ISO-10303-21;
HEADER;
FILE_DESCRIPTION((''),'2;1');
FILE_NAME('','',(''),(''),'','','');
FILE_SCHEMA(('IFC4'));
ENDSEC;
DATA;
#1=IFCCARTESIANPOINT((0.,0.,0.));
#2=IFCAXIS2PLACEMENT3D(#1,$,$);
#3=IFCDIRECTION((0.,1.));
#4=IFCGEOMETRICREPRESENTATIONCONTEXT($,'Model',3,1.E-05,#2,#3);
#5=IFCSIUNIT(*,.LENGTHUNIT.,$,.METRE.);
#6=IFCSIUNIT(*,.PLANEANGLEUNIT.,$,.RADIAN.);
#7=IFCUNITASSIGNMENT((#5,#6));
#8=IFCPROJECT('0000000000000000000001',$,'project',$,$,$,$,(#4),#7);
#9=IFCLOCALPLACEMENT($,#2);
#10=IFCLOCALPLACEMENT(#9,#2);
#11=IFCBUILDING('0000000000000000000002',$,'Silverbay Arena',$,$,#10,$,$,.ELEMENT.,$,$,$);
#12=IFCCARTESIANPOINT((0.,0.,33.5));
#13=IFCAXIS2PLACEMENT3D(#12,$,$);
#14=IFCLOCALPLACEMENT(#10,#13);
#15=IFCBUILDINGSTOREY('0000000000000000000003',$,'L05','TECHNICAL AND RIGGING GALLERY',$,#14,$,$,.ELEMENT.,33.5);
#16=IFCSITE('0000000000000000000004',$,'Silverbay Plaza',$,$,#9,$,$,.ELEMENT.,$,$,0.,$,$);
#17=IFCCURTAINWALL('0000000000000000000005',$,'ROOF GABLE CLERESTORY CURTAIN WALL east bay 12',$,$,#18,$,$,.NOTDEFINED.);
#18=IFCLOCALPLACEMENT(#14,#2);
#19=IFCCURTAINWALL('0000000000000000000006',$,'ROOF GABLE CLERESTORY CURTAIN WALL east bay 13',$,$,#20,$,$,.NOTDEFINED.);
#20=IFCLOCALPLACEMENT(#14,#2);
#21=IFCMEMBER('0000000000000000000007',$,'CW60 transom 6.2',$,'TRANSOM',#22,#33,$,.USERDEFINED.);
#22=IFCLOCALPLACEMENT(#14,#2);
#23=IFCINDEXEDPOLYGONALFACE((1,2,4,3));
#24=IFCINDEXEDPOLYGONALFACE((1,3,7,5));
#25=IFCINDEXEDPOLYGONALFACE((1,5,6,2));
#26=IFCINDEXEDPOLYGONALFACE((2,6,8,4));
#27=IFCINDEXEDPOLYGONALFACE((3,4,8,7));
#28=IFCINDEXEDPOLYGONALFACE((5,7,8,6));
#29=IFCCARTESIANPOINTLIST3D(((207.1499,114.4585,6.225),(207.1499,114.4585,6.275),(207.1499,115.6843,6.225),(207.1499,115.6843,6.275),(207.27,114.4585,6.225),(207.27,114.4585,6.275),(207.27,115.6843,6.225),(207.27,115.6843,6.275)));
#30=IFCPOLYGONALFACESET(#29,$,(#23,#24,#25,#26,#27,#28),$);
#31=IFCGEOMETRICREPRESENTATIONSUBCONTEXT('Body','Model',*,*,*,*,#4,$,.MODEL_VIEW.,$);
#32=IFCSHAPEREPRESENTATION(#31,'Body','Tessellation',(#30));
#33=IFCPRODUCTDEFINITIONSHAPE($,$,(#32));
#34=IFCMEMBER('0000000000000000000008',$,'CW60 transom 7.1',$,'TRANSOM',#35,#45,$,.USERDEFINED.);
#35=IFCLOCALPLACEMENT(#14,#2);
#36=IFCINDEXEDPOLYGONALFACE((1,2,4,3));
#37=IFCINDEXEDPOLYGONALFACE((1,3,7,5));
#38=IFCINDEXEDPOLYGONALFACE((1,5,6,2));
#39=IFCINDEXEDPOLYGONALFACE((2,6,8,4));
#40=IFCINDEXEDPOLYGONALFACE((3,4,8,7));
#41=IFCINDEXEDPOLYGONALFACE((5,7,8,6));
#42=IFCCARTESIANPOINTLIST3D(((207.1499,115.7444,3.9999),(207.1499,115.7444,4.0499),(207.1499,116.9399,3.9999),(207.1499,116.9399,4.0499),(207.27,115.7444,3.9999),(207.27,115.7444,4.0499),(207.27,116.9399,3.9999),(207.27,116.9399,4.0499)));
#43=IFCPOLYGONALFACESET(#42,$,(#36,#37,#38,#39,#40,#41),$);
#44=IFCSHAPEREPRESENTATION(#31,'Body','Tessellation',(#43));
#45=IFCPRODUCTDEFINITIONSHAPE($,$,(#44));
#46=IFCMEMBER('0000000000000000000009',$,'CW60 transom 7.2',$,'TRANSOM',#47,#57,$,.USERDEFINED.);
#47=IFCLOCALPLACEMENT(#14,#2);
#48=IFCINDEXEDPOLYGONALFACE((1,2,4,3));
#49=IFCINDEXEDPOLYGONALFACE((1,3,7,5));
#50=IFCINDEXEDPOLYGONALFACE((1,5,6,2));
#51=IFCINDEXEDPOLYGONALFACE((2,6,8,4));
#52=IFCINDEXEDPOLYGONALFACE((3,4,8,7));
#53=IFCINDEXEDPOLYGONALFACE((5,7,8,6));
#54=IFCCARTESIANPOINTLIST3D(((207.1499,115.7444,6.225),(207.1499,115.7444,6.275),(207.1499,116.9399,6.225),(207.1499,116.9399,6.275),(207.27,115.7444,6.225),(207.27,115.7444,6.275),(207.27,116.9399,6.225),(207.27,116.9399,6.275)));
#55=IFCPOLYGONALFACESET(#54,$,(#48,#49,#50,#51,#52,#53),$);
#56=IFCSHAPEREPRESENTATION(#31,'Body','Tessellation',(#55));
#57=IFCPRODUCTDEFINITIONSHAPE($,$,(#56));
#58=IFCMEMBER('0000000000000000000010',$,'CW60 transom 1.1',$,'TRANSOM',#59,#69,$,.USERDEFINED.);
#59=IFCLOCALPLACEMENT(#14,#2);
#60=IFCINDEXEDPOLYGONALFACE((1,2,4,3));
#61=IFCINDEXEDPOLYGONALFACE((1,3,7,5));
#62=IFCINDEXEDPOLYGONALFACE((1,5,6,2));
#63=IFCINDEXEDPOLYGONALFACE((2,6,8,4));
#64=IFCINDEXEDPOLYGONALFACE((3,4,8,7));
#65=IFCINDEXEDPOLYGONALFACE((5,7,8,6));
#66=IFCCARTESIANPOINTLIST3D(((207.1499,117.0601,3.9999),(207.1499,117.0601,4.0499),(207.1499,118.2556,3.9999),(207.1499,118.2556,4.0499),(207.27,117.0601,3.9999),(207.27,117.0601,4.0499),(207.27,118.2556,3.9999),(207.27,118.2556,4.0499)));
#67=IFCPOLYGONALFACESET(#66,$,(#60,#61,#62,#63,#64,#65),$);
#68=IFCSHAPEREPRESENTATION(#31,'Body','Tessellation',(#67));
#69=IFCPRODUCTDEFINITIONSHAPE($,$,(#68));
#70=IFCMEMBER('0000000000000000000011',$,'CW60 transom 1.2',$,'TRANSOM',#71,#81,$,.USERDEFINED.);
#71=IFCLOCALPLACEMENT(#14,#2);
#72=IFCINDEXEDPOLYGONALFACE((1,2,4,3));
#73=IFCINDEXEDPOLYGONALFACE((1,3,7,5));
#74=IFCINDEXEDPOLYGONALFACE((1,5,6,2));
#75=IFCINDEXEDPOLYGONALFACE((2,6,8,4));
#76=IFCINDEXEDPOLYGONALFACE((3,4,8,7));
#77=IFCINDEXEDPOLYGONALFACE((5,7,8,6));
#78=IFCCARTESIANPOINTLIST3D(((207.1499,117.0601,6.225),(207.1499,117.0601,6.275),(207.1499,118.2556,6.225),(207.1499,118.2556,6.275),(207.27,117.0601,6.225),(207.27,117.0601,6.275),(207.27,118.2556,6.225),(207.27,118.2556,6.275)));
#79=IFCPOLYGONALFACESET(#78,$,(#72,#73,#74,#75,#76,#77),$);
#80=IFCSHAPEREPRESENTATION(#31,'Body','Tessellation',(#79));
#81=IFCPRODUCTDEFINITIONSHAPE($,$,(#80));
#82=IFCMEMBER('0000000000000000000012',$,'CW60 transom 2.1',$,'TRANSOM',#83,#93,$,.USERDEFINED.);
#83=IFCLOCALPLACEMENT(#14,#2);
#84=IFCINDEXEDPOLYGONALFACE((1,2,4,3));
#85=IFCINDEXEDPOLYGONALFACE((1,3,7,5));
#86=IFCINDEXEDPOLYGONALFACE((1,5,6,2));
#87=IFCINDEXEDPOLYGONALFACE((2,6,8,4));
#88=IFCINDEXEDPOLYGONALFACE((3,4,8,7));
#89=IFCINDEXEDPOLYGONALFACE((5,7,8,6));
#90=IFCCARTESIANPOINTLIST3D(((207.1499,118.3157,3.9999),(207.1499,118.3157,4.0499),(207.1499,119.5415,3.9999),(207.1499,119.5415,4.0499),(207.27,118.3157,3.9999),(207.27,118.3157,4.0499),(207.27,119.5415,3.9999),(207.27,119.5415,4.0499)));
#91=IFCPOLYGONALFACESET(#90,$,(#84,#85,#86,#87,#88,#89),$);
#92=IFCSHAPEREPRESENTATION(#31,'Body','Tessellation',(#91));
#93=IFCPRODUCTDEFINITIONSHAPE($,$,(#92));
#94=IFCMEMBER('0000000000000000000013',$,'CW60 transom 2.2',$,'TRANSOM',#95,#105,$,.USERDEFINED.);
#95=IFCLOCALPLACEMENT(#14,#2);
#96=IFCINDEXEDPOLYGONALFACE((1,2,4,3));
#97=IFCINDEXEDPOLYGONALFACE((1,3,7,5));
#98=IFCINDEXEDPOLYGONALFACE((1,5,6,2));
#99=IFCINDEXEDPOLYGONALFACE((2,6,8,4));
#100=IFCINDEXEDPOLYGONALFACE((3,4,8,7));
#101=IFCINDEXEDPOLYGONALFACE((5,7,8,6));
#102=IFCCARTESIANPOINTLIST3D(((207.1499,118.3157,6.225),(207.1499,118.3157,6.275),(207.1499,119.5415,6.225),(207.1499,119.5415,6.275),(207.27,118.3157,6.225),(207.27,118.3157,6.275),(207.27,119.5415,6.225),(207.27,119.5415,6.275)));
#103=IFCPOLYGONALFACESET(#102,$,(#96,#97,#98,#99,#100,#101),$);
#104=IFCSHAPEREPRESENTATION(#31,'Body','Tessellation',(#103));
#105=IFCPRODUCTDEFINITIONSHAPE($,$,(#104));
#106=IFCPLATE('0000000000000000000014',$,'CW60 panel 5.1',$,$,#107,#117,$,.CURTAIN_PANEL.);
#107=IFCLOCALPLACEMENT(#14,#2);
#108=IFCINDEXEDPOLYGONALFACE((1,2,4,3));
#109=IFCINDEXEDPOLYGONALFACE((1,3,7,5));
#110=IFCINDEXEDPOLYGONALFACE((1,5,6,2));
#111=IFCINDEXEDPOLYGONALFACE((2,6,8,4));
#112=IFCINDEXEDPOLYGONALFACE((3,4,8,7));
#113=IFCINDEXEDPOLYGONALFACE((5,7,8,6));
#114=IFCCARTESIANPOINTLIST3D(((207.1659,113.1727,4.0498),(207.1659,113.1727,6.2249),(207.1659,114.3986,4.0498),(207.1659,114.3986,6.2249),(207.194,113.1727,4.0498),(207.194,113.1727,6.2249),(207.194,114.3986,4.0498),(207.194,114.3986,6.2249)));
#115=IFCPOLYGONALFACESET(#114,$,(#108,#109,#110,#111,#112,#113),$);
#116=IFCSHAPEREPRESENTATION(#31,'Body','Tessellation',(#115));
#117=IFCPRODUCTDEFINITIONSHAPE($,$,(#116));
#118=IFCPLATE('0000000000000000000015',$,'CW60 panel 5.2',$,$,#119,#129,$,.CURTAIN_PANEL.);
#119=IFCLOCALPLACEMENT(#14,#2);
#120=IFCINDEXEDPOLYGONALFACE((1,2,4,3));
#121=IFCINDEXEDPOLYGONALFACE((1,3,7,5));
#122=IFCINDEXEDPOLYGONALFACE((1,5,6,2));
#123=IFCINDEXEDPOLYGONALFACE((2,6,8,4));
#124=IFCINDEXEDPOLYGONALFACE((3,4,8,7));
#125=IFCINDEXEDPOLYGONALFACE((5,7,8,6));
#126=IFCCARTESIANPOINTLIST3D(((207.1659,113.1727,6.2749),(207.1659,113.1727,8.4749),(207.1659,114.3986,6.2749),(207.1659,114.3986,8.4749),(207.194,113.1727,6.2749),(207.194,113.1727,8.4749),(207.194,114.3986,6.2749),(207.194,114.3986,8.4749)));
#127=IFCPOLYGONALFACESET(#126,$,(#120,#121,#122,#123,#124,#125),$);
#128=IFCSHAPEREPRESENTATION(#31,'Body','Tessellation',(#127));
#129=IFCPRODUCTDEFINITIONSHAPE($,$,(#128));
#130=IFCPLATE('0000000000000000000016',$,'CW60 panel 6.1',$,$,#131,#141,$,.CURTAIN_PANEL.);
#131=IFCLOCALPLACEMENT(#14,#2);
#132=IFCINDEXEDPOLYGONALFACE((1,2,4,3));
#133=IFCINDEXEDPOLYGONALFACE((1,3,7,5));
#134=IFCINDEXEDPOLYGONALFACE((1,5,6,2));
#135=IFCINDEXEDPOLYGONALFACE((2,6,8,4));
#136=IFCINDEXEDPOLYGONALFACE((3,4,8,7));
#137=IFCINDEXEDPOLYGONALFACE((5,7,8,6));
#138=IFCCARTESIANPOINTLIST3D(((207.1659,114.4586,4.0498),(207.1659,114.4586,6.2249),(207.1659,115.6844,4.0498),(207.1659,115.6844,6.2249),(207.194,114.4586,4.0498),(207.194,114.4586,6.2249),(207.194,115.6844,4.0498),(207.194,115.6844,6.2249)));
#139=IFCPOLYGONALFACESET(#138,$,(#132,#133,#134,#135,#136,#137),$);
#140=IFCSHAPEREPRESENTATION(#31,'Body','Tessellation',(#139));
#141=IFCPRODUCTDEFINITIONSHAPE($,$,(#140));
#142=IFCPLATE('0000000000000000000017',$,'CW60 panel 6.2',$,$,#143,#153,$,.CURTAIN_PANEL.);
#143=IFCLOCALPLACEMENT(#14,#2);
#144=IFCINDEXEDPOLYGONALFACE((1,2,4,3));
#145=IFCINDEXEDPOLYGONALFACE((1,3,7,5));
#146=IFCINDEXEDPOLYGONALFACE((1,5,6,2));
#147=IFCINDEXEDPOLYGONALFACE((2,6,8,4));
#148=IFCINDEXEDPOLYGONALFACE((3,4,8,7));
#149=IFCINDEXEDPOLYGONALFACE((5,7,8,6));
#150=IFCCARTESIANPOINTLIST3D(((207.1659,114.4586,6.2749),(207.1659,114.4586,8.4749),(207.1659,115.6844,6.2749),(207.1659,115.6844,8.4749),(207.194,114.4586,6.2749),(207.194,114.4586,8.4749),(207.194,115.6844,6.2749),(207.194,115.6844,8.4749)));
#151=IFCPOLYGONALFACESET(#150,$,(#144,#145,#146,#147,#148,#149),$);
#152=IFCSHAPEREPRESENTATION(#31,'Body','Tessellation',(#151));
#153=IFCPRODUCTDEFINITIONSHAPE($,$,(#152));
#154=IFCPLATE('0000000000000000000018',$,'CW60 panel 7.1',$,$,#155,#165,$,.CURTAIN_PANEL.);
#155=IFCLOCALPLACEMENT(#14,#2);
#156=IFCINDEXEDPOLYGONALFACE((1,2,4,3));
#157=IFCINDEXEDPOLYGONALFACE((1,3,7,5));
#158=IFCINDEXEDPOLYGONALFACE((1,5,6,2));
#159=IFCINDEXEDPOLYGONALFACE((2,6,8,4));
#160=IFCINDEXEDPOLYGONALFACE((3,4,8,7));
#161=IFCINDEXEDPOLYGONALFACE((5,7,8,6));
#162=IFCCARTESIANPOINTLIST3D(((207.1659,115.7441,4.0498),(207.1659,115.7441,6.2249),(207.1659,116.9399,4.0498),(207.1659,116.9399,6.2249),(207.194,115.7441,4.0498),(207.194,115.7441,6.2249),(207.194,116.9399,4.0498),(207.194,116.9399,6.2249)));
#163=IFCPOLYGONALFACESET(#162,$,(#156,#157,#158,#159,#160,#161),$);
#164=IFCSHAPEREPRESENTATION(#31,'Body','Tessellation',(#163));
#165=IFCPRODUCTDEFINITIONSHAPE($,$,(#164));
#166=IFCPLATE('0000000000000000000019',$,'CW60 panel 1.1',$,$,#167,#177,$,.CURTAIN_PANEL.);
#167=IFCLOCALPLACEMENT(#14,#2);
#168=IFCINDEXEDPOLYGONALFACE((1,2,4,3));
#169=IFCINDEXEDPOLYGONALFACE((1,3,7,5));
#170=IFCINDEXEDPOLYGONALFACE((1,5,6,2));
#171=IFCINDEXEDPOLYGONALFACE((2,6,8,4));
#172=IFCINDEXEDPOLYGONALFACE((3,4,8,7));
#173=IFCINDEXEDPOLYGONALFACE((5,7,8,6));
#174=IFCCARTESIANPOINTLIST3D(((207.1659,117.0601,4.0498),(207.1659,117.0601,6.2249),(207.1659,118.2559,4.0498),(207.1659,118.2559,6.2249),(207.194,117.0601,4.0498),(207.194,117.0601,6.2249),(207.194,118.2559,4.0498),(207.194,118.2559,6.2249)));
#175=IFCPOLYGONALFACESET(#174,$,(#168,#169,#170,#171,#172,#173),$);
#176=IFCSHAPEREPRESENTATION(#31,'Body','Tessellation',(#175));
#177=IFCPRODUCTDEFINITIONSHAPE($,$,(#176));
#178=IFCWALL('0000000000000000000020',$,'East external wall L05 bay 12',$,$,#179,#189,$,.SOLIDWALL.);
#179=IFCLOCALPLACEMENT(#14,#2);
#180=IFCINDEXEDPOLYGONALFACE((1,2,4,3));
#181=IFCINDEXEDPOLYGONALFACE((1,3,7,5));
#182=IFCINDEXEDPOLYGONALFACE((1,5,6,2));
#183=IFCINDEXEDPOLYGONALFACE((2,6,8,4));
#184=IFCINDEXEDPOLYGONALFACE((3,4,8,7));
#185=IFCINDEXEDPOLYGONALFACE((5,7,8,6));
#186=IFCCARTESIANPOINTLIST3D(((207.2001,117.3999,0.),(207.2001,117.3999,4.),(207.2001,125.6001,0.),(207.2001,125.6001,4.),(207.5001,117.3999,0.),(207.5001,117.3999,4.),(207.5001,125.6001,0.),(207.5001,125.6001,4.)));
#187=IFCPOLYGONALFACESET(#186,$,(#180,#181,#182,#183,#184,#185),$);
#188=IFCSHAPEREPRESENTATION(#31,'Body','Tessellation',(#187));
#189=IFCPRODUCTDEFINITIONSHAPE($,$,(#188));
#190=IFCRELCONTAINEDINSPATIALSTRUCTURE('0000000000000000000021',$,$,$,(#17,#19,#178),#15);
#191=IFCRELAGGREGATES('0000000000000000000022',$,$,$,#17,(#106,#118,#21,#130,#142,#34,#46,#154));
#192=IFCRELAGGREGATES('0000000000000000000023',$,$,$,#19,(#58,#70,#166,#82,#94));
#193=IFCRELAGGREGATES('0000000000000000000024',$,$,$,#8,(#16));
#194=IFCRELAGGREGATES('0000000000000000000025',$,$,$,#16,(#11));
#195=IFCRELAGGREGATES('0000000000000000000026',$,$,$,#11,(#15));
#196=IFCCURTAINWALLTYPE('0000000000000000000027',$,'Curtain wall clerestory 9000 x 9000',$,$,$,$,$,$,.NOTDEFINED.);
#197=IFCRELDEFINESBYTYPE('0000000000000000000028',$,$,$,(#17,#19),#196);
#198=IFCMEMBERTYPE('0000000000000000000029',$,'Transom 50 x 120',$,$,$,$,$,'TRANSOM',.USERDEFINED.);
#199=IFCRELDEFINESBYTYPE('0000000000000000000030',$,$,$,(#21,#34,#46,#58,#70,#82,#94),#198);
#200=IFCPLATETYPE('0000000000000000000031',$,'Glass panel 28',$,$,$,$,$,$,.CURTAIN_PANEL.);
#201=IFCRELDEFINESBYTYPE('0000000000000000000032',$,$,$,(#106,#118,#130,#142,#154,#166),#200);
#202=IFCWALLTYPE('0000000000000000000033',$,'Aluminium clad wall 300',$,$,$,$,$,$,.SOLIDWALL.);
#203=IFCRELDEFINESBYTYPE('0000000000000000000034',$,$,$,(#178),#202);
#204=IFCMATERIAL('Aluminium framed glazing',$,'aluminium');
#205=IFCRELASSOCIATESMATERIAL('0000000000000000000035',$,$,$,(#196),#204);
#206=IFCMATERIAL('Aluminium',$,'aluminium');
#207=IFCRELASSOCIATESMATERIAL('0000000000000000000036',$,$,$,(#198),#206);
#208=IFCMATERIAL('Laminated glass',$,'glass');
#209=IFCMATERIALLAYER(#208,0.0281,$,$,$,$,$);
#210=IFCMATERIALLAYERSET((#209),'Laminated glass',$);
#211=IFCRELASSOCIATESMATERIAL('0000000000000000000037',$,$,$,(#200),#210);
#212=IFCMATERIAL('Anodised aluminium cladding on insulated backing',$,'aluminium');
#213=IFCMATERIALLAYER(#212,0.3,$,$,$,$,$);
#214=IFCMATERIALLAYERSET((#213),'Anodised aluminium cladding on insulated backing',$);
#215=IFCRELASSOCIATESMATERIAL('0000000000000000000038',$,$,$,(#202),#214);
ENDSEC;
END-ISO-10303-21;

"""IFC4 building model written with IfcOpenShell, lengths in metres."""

from ifc_helpers import new_model, si_unit, direction, frame, frame_2d, origin, origin_2d, place, context, subcontext, project, spatial, rectangle, extrude, material, layer, layer_set, material_profile, profile_set, type_object, element, aggregate, save


model = new_model("IFC4")

# Units and contexts
model_context = context("Model", 3, precision=1e-05, world=origin(), true_north=direction((0.0, 1.0)))
body_context = subcontext(model_context, "Body", "Model", "MODEL_VIEW")
ifc_project = project(units=[si_unit("LENGTHUNIT", "METRE"), si_unit("PLANEANGLEUNIT", "RADIAN")], contexts=[model_context])

# Site, building, storey
site_placement = place(None, origin())
site = spatial("IfcSite", under=ifc_project, at=site_placement, Name="Silverbay Plaza", CompositionType="ELEMENT", RefElevation=0.0)
building_placement = place(site_placement, origin())
building = spatial("IfcBuilding", under=site, at=building_placement, Name="Silverbay Arena", CompositionType="ELEMENT")
storey_placement = place(building_placement, frame((0.0, 0.0, 33.5)))
storey = spatial("IfcBuildingStorey", under=building, at=storey_placement, Name="L05", Description="TECHNICAL AND RIGGING GALLERY", CompositionType="ELEMENT", Elevation=33.5)

# Curtain walls
ifc_material_1 = material(Name="Aluminium framed glazing", Category="aluminium")
curtain_wall_type = type_object("IfcCurtainWallType", Name="Curtain wall clerestory 9000 x 9000", PredefinedType="NOTDEFINED", material=ifc_material_1)
curtain_wall_1_placement = place(storey_placement, origin())
curtain_wall_1 = element("IfcCurtainWall", 1, at=curtain_wall_1_placement, inside=storey, type_object=curtain_wall_type, Name="ROOF GABLE CLERESTORY CURTAIN WALL east bay 12", PredefinedType="NOTDEFINED")
curtain_wall_2_placement = place(storey_placement, origin())
curtain_wall_2 = element("IfcCurtainWall", 2, at=curtain_wall_2_placement, inside=storey, type_object=curtain_wall_type, Name="ROOF GABLE CLERESTORY CURTAIN WALL east bay 13", PredefinedType="NOTDEFINED")

# Members
ifc_material_2 = material(Name="Aluminium", Category="aluminium")
ifc_material_profile_1 = material_profile(ifc_material_2, rectangle(XDim=0.1201, YDim=0.05, at=origin_2d()), Name="Transom 50 x 120")
ifc_profile_set_1 = profile_set([ifc_material_profile_1], Name="Aluminium")
member_type_1 = type_object("IfcMemberType", Name="Transom 50 x 120", ElementType="TRANSOM", PredefinedType="USERDEFINED", material=ifc_profile_set_1)
member_1_placement = place(storey_placement, frame((207.21, 114.4585, 6.25), z_axis=(0.0, 1.0, 0.0), x_axis=(-1.0, 0.0, 0.0)))
member_1 = element("IfcMember", 3, at=member_1_placement, type_object=member_type_1, Name="CW60 transom 6.2", ObjectType="TRANSOM", PredefinedType="USERDEFINED", context=body_context, shape_type="SweptSolid", body=[
    extrude(rectangle(XDim=0.1201, YDim=0.05, at=origin_2d()), origin(), (0.0, 0.0, 1.0), 1.2258),
])
member_2_placement = place(storey_placement, frame((207.21, 115.7444, 4.0249), z_axis=(0.0, 1.0, 0.0), x_axis=(-1.0, 0.0, 0.0)))
member_2 = element("IfcMember", 4, at=member_2_placement, type_object=member_type_1, Name="CW60 transom 7.1", ObjectType="TRANSOM", PredefinedType="USERDEFINED", context=body_context, shape_type="SweptSolid", body=[
    extrude(rectangle(XDim=0.1201, YDim=0.05, at=origin_2d()), origin(), (0.0, 0.0, 1.0), 1.1956),
])
member_3_placement = place(storey_placement, frame((207.21, 115.7444, 6.25), z_axis=(0.0, 1.0, 0.0), x_axis=(-1.0, 0.0, 0.0)))
member_3 = element("IfcMember", 5, at=member_3_placement, type_object=member_type_1, Name="CW60 transom 7.2", ObjectType="TRANSOM", PredefinedType="USERDEFINED", context=body_context, shape_type="SweptSolid", body=[
    extrude(rectangle(XDim=0.1201, YDim=0.05, at=origin_2d()), origin(), (0.0, 0.0, 1.0), 1.1956),
])
member_4_placement = place(storey_placement, frame((207.21, 117.0601, 4.0249), z_axis=(0.0, 1.0, 0.0), x_axis=(-1.0, 0.0, 0.0)))
member_4 = element("IfcMember", 6, at=member_4_placement, type_object=member_type_1, Name="CW60 transom 1.1", ObjectType="TRANSOM", PredefinedType="USERDEFINED", context=body_context, shape_type="SweptSolid", body=[
    extrude(rectangle(XDim=0.1201, YDim=0.05, at=origin_2d()), origin(), (0.0, 0.0, 1.0), 1.1956),
])
member_5_placement = place(storey_placement, frame((207.21, 117.0601, 6.25), z_axis=(0.0, 1.0, 0.0), x_axis=(-1.0, 0.0, 0.0)))
member_5 = element("IfcMember", 7, at=member_5_placement, type_object=member_type_1, Name="CW60 transom 1.2", ObjectType="TRANSOM", PredefinedType="USERDEFINED", context=body_context, shape_type="SweptSolid", body=[
    extrude(rectangle(XDim=0.1201, YDim=0.05, at=origin_2d()), origin(), (0.0, 0.0, 1.0), 1.1956),
])
member_6_placement = place(storey_placement, frame((207.21, 118.3157, 4.0249), z_axis=(0.0, 1.0, 0.0), x_axis=(-1.0, 0.0, 0.0)))
member_6 = element("IfcMember", 8, at=member_6_placement, type_object=member_type_1, Name="CW60 transom 2.1", ObjectType="TRANSOM", PredefinedType="USERDEFINED", context=body_context, shape_type="SweptSolid", body=[
    extrude(rectangle(XDim=0.1201, YDim=0.05, at=origin_2d()), origin(), (0.0, 0.0, 1.0), 1.2258),
])
member_7_placement = place(storey_placement, frame((207.21, 118.3157, 6.25), z_axis=(0.0, 1.0, 0.0), x_axis=(-1.0, 0.0, 0.0)))
member_7 = element("IfcMember", 9, at=member_7_placement, type_object=member_type_1, Name="CW60 transom 2.2", ObjectType="TRANSOM", PredefinedType="USERDEFINED", context=body_context, shape_type="SweptSolid", body=[
    extrude(rectangle(XDim=0.1201, YDim=0.05, at=origin_2d()), origin(), (0.0, 0.0, 1.0), 1.2258),
])

# Plates
ifc_material_3 = material(Name="Laminated glass", Category="glass")
ifc_layer_1 = layer(ifc_material_3, 0.0281)
ifc_layer_set_1 = layer_set([ifc_layer_1], Name="Laminated glass")
plate_type = type_object("IfcPlateType", Name="Glass panel 28", PredefinedType="CURTAIN_PANEL", material=ifc_layer_set_1)
plate_1_placement = place(storey_placement, frame((207.1799, 113.7856, 4.0498), z_axis=(0.0, 0.0, 1.0), x_axis=(0.0, 1.0, 0.0)))
plate_1 = element("IfcPlate", 10, at=plate_1_placement, type_object=plate_type, Name="CW60 panel 5.1", PredefinedType="CURTAIN_PANEL", context=body_context, shape_type="SweptSolid", body=[
    extrude(rectangle(XDim=1.2258, YDim=0.0281, at=origin_2d()), origin(), (0.0, 0.0, 1.0), 2.175),
])
plate_2_placement = place(storey_placement, frame((207.1799, 113.7856, 6.2749), z_axis=(0.0, 0.0, 1.0), x_axis=(0.0, 1.0, 0.0)))
plate_2 = element("IfcPlate", 11, at=plate_2_placement, type_object=plate_type, Name="CW60 panel 5.2", PredefinedType="CURTAIN_PANEL", context=body_context, shape_type="SweptSolid", body=[
    extrude(rectangle(XDim=1.2258, YDim=0.0281, at=origin_2d()), origin(), (0.0, 0.0, 1.0), 2.2),
])
plate_3_placement = place(storey_placement, frame((207.1799, 115.0715, 4.0498), z_axis=(0.0, 0.0, 1.0), x_axis=(0.0, 1.0, 0.0)))
plate_3 = element("IfcPlate", 12, at=plate_3_placement, type_object=plate_type, Name="CW60 panel 6.1", PredefinedType="CURTAIN_PANEL", context=body_context, shape_type="SweptSolid", body=[
    extrude(rectangle(XDim=1.2258, YDim=0.0281, at=origin_2d()), origin(), (0.0, 0.0, 1.0), 2.175),
])
plate_4_placement = place(storey_placement, frame((207.1799, 115.0715, 6.2749), z_axis=(0.0, 0.0, 1.0), x_axis=(0.0, 1.0, 0.0)))
plate_4 = element("IfcPlate", 13, at=plate_4_placement, type_object=plate_type, Name="CW60 panel 6.2", PredefinedType="CURTAIN_PANEL", context=body_context, shape_type="SweptSolid", body=[
    extrude(rectangle(XDim=1.2258, YDim=0.0281, at=origin_2d()), origin(), (0.0, 0.0, 1.0), 2.2),
])
plate_5_placement = place(storey_placement, frame((207.1799, 116.342, 4.0498), z_axis=(0.0, 0.0, 1.0), x_axis=(0.0, 1.0, 0.0)))
plate_5 = element("IfcPlate", 14, at=plate_5_placement, type_object=plate_type, Name="CW60 panel 7.1", PredefinedType="CURTAIN_PANEL", context=body_context, shape_type="SweptSolid", body=[
    extrude(rectangle(XDim=1.1958, YDim=0.0281, at=origin_2d()), origin(), (0.0, 0.0, 1.0), 2.175),
])
aggregate(curtain_wall_1, [plate_1, plate_2, member_1, plate_3, plate_4, member_2, member_3, plate_5])
plate_6_placement = place(storey_placement, frame((207.1799, 117.658, 4.0498), z_axis=(0.0, 0.0, 1.0), x_axis=(0.0, 1.0, 0.0)))
plate_6 = element("IfcPlate", 15, at=plate_6_placement, type_object=plate_type, Name="CW60 panel 1.1", PredefinedType="CURTAIN_PANEL", context=body_context, shape_type="SweptSolid", body=[
    extrude(rectangle(XDim=1.1958, YDim=0.0281, at=origin_2d()), origin(), (0.0, 0.0, 1.0), 2.175),
])
aggregate(curtain_wall_2, [member_4, member_5, plate_6, member_6, member_7])

# Wall
ifc_material_4 = material(Name="Anodised aluminium cladding on insulated backing", Category="aluminium")
ifc_layer_2 = layer(ifc_material_4, 0.3)
ifc_layer_set_2 = layer_set([ifc_layer_2], Name="Anodised aluminium cladding on insulated backing")
wall_type = type_object("IfcWallType", Name="Aluminium clad wall 300", PredefinedType="SOLIDWALL", material=ifc_layer_set_2)
wall_placement = place(storey_placement, frame((207.3501, 117.3999, 0.0), z_axis=(0.0, 0.0, 1.0), x_axis=(0.0, 1.0, 0.0)))
element("IfcWall", 16, at=wall_placement, inside=storey, type_object=wall_type, Name="East external wall L05 bay 12", PredefinedType="SOLIDWALL", context=body_context, shape_type="SweptSolid", body=[
    extrude(rectangle(XDim=8.2002, YDim=0.3, at=frame_2d((4.1001, 0.0))), origin(), (0.0, 0.0, 1.0), 4.0),
])

save(model, "model.ifc")
